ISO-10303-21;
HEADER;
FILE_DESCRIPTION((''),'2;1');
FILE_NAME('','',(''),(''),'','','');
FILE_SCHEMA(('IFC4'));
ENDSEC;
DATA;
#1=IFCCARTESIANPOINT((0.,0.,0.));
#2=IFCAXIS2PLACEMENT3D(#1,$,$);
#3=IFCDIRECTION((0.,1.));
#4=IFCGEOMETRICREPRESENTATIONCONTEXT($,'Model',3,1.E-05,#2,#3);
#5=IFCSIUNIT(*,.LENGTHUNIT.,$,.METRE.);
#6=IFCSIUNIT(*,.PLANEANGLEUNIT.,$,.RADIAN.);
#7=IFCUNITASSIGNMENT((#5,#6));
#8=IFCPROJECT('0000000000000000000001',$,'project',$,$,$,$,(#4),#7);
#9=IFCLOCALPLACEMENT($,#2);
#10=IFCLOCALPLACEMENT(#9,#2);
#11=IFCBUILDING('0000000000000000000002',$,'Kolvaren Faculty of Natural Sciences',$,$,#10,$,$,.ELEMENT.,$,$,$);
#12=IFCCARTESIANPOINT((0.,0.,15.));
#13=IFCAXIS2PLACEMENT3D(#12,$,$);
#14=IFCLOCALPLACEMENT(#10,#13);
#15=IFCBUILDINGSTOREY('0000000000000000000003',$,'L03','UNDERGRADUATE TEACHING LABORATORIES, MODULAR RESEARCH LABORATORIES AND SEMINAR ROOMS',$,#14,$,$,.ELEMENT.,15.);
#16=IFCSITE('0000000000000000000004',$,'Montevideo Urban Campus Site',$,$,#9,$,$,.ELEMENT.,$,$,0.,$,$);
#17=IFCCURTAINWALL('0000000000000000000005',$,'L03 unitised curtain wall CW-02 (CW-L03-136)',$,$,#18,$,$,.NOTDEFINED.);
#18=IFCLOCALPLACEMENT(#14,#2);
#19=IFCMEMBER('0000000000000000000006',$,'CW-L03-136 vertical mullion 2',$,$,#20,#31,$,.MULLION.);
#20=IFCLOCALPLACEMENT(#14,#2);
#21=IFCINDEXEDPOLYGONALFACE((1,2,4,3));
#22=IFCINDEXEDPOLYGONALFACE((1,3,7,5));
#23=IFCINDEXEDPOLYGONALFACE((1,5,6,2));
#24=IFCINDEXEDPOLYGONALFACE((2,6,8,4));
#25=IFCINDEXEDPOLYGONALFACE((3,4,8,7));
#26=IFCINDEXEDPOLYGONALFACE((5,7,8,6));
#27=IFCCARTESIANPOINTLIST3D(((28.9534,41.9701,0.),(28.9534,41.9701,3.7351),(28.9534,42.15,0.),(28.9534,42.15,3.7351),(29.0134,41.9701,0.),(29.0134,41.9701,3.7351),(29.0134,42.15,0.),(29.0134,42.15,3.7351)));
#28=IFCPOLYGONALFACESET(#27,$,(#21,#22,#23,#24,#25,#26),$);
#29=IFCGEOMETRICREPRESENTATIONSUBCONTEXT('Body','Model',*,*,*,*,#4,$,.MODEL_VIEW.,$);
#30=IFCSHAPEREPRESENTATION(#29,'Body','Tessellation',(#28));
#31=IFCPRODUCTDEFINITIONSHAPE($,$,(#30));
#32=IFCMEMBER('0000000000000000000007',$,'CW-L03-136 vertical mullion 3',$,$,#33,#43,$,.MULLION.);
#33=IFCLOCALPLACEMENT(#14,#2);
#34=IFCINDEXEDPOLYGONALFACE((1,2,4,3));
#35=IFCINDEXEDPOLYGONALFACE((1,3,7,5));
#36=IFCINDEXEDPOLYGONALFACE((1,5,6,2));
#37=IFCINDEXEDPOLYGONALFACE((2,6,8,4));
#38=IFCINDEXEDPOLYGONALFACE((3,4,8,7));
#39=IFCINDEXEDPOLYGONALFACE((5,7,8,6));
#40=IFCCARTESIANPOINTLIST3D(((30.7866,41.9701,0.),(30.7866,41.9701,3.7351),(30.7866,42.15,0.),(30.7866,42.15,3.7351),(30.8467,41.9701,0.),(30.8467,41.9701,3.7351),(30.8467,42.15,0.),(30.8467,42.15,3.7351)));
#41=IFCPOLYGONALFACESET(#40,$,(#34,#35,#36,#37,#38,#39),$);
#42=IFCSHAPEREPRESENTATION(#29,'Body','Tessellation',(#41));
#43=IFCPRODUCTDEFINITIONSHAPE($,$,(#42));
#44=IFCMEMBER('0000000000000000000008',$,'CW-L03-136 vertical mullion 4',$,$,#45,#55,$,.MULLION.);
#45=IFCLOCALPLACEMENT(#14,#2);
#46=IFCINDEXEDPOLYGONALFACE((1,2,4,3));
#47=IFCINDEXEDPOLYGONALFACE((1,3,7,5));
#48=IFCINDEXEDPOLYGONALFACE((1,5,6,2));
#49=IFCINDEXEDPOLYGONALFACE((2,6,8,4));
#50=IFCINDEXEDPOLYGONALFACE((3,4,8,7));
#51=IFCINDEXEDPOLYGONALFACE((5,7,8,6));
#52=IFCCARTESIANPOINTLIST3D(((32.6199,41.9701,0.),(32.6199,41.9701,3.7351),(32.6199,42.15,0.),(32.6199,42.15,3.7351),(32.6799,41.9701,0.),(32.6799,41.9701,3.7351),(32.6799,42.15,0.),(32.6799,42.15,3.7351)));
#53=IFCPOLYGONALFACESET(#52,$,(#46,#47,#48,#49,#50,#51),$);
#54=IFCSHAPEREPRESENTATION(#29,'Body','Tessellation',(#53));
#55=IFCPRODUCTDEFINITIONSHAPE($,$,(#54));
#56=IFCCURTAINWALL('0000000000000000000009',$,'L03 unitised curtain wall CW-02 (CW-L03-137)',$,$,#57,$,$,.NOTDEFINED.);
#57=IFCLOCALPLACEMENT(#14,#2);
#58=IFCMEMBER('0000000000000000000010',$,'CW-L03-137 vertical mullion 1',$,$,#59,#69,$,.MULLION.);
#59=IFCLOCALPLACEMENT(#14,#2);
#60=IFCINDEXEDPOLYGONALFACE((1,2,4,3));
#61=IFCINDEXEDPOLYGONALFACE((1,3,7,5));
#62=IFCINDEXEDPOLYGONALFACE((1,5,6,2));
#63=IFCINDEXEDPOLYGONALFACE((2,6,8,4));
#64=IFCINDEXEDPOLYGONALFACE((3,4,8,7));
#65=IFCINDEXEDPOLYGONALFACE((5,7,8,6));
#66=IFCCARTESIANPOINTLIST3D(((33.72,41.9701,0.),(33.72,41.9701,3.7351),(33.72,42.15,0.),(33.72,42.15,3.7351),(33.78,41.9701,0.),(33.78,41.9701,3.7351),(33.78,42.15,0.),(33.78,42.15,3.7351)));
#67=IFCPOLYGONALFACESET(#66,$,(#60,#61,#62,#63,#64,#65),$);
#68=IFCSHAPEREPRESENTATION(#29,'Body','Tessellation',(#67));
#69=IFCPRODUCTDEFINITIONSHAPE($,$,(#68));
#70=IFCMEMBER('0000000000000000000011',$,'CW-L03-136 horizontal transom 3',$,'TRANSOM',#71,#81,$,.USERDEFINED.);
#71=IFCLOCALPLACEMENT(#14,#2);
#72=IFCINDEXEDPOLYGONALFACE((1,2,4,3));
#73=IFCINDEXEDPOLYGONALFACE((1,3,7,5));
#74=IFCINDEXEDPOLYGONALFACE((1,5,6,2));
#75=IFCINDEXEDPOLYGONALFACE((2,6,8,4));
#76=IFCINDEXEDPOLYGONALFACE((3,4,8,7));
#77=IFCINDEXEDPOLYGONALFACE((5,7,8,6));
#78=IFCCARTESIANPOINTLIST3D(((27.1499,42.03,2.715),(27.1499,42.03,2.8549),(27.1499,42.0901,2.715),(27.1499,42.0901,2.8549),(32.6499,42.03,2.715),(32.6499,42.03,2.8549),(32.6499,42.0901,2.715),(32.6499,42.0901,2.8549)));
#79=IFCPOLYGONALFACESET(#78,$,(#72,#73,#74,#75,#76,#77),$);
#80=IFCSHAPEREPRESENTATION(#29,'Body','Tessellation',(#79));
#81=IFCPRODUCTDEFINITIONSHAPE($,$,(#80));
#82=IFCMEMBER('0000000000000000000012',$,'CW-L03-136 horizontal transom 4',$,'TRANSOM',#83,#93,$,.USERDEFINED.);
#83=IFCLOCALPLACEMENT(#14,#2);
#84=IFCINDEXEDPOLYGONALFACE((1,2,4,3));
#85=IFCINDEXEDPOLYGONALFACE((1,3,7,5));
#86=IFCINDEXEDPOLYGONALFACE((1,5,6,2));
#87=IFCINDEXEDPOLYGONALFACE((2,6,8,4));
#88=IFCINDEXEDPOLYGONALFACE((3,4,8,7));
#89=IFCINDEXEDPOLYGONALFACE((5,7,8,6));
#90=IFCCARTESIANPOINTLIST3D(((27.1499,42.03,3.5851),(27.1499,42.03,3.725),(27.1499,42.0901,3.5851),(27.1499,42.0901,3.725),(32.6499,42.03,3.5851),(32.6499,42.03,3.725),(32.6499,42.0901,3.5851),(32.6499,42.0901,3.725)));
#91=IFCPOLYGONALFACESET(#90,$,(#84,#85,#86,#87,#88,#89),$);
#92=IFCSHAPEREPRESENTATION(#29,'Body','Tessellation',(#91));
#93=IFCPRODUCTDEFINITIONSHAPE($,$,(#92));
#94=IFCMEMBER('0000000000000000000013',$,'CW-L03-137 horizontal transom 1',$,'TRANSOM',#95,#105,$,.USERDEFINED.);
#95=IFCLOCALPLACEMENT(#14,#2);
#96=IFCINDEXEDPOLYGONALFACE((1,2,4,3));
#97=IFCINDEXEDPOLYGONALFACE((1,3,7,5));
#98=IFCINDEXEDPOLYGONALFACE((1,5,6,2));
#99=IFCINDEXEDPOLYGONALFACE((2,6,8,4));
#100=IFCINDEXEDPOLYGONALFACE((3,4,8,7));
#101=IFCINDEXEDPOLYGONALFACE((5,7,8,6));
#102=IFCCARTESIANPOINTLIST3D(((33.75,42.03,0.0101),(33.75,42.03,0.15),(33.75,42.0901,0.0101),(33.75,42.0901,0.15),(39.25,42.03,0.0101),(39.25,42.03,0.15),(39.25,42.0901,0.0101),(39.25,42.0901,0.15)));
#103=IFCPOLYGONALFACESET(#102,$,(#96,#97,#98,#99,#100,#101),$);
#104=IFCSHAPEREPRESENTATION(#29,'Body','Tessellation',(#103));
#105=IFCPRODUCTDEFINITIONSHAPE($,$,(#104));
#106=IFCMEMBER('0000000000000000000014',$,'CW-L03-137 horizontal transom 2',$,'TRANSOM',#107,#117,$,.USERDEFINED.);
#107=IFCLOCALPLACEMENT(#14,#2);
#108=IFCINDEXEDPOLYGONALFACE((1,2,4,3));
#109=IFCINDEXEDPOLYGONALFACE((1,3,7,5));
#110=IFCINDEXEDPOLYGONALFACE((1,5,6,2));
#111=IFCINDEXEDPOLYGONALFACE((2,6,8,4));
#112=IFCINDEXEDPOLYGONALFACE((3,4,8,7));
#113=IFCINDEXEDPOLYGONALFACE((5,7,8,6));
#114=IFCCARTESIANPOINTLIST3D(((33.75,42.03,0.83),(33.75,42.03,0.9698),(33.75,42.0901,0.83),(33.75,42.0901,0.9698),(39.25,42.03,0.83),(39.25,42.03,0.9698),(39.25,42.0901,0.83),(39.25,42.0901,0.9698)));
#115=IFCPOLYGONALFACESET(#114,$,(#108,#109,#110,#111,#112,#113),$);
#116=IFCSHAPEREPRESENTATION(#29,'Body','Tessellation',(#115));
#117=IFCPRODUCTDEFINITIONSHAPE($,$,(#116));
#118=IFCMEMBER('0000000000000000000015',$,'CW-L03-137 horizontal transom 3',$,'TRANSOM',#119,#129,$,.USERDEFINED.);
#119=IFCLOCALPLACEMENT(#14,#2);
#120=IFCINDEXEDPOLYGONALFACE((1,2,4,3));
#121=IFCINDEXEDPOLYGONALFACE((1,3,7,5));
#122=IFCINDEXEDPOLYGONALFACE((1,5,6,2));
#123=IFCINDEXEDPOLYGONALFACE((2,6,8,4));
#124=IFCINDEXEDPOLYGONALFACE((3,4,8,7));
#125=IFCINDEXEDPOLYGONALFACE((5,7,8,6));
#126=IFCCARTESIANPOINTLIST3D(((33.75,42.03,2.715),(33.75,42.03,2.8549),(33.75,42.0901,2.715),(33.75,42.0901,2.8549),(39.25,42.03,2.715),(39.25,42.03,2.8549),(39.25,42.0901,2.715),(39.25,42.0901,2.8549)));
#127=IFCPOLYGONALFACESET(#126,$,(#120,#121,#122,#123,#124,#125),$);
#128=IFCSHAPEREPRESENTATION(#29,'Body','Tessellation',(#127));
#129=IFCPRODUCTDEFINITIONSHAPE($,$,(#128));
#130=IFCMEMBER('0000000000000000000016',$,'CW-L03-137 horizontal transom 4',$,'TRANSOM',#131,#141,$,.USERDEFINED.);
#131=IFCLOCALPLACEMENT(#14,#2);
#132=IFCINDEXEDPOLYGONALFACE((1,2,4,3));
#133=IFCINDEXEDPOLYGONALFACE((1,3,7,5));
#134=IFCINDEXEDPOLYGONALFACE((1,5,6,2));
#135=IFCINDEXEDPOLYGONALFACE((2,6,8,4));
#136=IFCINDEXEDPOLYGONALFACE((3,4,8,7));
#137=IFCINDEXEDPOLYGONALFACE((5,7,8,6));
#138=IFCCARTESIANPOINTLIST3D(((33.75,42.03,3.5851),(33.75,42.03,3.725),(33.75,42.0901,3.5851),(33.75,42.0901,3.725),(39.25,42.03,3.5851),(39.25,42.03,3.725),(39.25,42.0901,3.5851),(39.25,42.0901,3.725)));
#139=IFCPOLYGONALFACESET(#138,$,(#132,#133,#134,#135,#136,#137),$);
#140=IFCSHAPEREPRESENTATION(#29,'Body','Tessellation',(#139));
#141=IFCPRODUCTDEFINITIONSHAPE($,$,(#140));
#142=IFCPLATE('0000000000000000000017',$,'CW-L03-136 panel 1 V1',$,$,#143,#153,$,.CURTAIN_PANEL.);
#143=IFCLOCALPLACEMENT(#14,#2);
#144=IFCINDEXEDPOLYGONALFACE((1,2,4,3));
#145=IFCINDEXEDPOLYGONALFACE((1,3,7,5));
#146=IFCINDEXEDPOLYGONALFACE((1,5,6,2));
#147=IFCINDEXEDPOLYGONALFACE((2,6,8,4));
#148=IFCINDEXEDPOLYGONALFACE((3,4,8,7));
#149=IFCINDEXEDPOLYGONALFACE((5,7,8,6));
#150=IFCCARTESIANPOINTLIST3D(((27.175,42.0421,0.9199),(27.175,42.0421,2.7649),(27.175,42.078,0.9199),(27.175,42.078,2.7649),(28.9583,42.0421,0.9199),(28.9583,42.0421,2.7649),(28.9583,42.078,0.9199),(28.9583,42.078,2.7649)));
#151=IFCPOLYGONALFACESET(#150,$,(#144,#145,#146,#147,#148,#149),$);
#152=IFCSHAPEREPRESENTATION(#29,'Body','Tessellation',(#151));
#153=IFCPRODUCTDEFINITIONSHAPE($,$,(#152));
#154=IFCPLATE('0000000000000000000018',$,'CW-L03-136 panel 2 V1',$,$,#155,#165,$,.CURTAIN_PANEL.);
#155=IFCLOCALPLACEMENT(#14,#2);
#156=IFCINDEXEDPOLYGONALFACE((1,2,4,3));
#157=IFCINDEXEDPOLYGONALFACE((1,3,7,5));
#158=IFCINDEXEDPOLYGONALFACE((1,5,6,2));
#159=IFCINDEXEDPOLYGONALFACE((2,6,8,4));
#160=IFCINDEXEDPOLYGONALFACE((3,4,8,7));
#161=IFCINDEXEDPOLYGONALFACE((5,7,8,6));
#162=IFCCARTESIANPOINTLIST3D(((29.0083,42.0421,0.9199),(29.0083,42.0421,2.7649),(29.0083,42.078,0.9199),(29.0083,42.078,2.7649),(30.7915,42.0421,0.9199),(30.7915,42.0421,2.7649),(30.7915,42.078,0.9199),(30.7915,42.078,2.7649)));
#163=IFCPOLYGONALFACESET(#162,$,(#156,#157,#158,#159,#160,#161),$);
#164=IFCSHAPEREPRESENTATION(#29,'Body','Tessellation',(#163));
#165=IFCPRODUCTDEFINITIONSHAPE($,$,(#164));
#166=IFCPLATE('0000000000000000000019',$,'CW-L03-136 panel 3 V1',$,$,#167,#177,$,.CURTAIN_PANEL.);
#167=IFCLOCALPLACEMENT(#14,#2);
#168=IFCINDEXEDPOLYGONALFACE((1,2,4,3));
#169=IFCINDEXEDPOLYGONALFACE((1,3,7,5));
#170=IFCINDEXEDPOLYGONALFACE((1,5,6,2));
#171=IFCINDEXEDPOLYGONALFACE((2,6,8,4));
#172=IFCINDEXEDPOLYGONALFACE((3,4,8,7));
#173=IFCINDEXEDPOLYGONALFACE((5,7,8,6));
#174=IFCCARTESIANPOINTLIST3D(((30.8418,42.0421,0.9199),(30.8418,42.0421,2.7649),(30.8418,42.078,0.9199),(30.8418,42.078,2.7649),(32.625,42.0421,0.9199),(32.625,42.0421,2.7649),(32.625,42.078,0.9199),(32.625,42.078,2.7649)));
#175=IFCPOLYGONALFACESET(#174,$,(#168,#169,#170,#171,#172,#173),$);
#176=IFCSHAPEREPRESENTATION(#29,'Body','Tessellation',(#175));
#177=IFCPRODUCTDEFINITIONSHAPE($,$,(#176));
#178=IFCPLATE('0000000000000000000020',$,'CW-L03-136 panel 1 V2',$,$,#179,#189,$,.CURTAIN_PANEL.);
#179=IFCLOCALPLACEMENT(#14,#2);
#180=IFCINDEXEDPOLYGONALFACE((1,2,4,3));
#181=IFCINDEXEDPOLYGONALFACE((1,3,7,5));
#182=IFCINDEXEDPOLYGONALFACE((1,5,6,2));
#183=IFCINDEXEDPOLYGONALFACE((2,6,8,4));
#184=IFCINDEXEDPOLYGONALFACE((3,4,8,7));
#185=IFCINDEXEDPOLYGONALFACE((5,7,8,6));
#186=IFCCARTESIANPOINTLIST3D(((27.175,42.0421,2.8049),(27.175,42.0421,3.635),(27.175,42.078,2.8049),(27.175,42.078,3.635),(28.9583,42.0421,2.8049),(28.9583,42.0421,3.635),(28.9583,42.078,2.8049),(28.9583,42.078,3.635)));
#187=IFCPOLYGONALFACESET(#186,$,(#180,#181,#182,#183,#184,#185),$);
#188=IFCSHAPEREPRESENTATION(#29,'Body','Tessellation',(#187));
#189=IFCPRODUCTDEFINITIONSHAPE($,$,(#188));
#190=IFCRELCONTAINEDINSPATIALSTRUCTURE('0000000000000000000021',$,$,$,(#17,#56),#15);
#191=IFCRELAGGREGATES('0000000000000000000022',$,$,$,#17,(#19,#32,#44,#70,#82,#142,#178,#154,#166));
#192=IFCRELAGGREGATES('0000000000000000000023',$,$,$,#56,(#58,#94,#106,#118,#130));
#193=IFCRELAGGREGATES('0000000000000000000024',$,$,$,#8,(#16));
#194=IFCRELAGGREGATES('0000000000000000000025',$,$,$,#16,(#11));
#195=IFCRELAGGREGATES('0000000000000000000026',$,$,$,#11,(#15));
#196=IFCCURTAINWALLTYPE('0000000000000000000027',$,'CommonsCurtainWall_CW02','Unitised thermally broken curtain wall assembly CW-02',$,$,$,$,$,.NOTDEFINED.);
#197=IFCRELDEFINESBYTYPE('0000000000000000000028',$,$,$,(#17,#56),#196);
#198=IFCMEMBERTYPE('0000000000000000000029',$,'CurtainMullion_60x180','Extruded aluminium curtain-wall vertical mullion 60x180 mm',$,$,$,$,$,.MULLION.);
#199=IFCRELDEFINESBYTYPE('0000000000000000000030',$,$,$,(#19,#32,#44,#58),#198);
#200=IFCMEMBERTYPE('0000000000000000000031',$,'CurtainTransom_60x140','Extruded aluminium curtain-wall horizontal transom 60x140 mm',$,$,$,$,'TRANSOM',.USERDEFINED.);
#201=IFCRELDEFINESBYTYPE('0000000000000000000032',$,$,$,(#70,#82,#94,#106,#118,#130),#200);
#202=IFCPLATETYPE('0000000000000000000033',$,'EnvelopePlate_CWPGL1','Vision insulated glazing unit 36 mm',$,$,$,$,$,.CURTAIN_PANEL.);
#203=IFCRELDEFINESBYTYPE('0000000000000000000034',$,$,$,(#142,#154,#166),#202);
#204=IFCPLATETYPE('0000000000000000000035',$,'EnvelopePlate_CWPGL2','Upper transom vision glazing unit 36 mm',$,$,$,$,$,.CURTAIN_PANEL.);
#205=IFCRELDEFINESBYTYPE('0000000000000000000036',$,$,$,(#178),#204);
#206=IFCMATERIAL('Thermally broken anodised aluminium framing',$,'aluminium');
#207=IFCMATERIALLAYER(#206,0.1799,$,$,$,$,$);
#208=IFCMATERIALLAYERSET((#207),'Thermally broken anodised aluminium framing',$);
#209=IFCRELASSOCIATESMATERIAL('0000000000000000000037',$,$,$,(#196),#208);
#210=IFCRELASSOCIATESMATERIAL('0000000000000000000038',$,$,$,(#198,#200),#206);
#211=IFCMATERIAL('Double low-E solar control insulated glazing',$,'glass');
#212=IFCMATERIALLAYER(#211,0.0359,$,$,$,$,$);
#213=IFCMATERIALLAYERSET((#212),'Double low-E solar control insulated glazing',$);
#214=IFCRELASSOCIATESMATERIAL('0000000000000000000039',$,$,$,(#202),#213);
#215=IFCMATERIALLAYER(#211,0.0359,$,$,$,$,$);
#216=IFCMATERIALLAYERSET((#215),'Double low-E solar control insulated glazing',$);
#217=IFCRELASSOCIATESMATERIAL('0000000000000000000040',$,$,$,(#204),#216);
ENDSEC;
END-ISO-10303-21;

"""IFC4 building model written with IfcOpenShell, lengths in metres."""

from ifc_helpers import new_model, si_unit, direction, frame, origin, origin_2d, place, context, subcontext, project, spatial, rectangle, extrude, material, layer, layer_set, material_profile, profile_set, type_object, element, aggregate, save


model = new_model("IFC4")

# Units and contexts
model_context = context("Model", 3, precision=1e-05, world=origin(), true_north=direction((0.0, 1.0)))
body_context = subcontext(model_context, "Body", "Model", "MODEL_VIEW")
ifc_project = project(units=[si_unit("LENGTHUNIT", "METRE"), si_unit("PLANEANGLEUNIT", "RADIAN")], contexts=[model_context])

# Site, building, storey
site_placement = place(None, origin())
site = spatial("IfcSite", under=ifc_project, at=site_placement, Name="Montevideo Urban Campus Site", CompositionType="ELEMENT", RefElevation=0.0)
building_placement = place(site_placement, origin())
building = spatial("IfcBuilding", under=site, at=building_placement, Name="Kolvaren Faculty of Natural Sciences", CompositionType="ELEMENT")
storey_placement = place(building_placement, frame((0.0, 0.0, 15.0)))
storey = spatial("IfcBuildingStorey", under=building, at=storey_placement, Name="L03", Description="UNDERGRADUATE TEACHING LABORATORIES, MODULAR RESEARCH LABORATORIES AND SEMINAR ROOMS", CompositionType="ELEMENT", Elevation=15.0)

# Curtain wall, members
ifc_material_1 = material(Name="Thermally broken anodised aluminium framing", Category="aluminium")
ifc_layer_1 = layer(ifc_material_1, 0.1799)
ifc_layer_set_1 = layer_set([ifc_layer_1], Name="Thermally broken anodised aluminium framing")
curtain_wall_type = type_object("IfcCurtainWallType", Name="CommonsCurtainWall_CW02", Description="Unitised thermally broken curtain wall assembly CW-02", PredefinedType="NOTDEFINED", material=ifc_layer_set_1)
curtain_wall_1_placement = place(storey_placement, origin())
curtain_wall_1 = element("IfcCurtainWall", 1, at=curtain_wall_1_placement, inside=storey, type_object=curtain_wall_type, Name="L03 unitised curtain wall CW-02 (CW-L03-136)", PredefinedType="NOTDEFINED")
ifc_material_profile_1 = material_profile(ifc_material_1, rectangle(XDim=0.0601, YDim=0.1799, at=origin_2d()), Name="ALU MUL 60x180")
ifc_profile_set_1 = profile_set([ifc_material_profile_1], Name="Thermally broken anodised aluminium framing")
member_type_1 = type_object("IfcMemberType", Name="CurtainMullion_60x180", Description="Extruded aluminium curtain-wall vertical mullion 60x180 mm", PredefinedType="MULLION", material=ifc_profile_set_1)
member_1_placement = place(storey_placement, frame((28.9834, 42.0601, 0.0), z_axis=(0.0, 0.0, 1.0), x_axis=(1.0, 0.0, 0.0)))
member_1 = element("IfcMember", 2, at=member_1_placement, type_object=member_type_1, Name="CW-L03-136 vertical mullion 2", PredefinedType="MULLION", context=body_context, shape_type="SweptSolid", body=[
    extrude(rectangle(XDim=0.0601, YDim=0.1799, at=origin_2d()), origin(), (0.0, 0.0, 1.0), 3.7351),
])
member_2_placement = place(storey_placement, frame((30.8167, 42.0601, 0.0), z_axis=(0.0, 0.0, 1.0), x_axis=(1.0, 0.0, 0.0)))
member_2 = element("IfcMember", 3, at=member_2_placement, type_object=member_type_1, Name="CW-L03-136 vertical mullion 3", PredefinedType="MULLION", context=body_context, shape_type="SweptSolid", body=[
    extrude(rectangle(XDim=0.0601, YDim=0.1799, at=origin_2d()), origin(), (0.0, 0.0, 1.0), 3.7351),
])
member_3_placement = place(storey_placement, frame((32.6499, 42.0601, 0.0), z_axis=(0.0, 0.0, 1.0), x_axis=(1.0, 0.0, 0.0)))
member_3 = element("IfcMember", 4, at=member_3_placement, type_object=member_type_1, Name="CW-L03-136 vertical mullion 4", PredefinedType="MULLION", context=body_context, shape_type="SweptSolid", body=[
    extrude(rectangle(XDim=0.0601, YDim=0.1799, at=origin_2d()), origin(), (0.0, 0.0, 1.0), 3.7351),
])

# Curtain wall, member
curtain_wall_2_placement = place(storey_placement, origin())
curtain_wall_2 = element("IfcCurtainWall", 5, at=curtain_wall_2_placement, inside=storey, type_object=curtain_wall_type, Name="L03 unitised curtain wall CW-02 (CW-L03-137)", PredefinedType="NOTDEFINED")
member_4_placement = place(storey_placement, frame((33.75, 42.0601, 0.0), z_axis=(0.0, 0.0, 1.0), x_axis=(1.0, 0.0, 0.0)))
member_4 = element("IfcMember", 6, at=member_4_placement, type_object=member_type_1, Name="CW-L03-137 vertical mullion 1", PredefinedType="MULLION", context=body_context, shape_type="SweptSolid", body=[
    extrude(rectangle(XDim=0.0601, YDim=0.1799, at=origin_2d()), origin(), (0.0, 0.0, 1.0), 3.7351),
])

# Members
ifc_material_profile_2 = material_profile(ifc_material_1, rectangle(XDim=0.0601, YDim=0.1399, at=origin_2d()), Name="ALU TRN 60x140")
ifc_profile_set_2 = profile_set([ifc_material_profile_2], Name="Thermally broken anodised aluminium framing")
member_type_2 = type_object("IfcMemberType", Name="CurtainTransom_60x140", Description="Extruded aluminium curtain-wall horizontal transom 60x140 mm", ElementType="TRANSOM", PredefinedType="USERDEFINED", material=ifc_profile_set_2)
member_5_placement = place(storey_placement, frame((27.1499, 42.0601, 2.7849), z_axis=(1.0, 0.0, 0.0), x_axis=(0.0, 1.0, 0.0)))
member_5 = element("IfcMember", 7, at=member_5_placement, type_object=member_type_2, Name="CW-L03-136 horizontal transom 3", ObjectType="TRANSOM", PredefinedType="USERDEFINED", context=body_context, shape_type="SweptSolid", body=[
    extrude(rectangle(XDim=0.0601, YDim=0.1399, at=origin_2d()), origin(), (0.0, 0.0, 1.0), 5.5),
])
member_6_placement = place(storey_placement, frame((27.1499, 42.0601, 3.655), z_axis=(1.0, 0.0, 0.0), x_axis=(0.0, 1.0, 0.0)))
member_6 = element("IfcMember", 8, at=member_6_placement, type_object=member_type_2, Name="CW-L03-136 horizontal transom 4", ObjectType="TRANSOM", PredefinedType="USERDEFINED", context=body_context, shape_type="SweptSolid", body=[
    extrude(rectangle(XDim=0.0601, YDim=0.1399, at=origin_2d()), origin(), (0.0, 0.0, 1.0), 5.5),
])
member_7_placement = place(storey_placement, frame((33.75, 42.0601, 0.0801), z_axis=(1.0, 0.0, 0.0), x_axis=(0.0, 1.0, 0.0)))
member_7 = element("IfcMember", 9, at=member_7_placement, type_object=member_type_2, Name="CW-L03-137 horizontal transom 1", ObjectType="TRANSOM", PredefinedType="USERDEFINED", context=body_context, shape_type="SweptSolid", body=[
    extrude(rectangle(XDim=0.0601, YDim=0.1399, at=origin_2d()), origin(), (0.0, 0.0, 1.0), 5.5),
])
member_8_placement = place(storey_placement, frame((33.75, 42.0601, 0.8999), z_axis=(1.0, 0.0, 0.0), x_axis=(0.0, 1.0, 0.0)))
member_8 = element("IfcMember", 10, at=member_8_placement, type_object=member_type_2, Name="CW-L03-137 horizontal transom 2", ObjectType="TRANSOM", PredefinedType="USERDEFINED", context=body_context, shape_type="SweptSolid", body=[
    extrude(rectangle(XDim=0.0601, YDim=0.1399, at=origin_2d()), origin(), (0.0, 0.0, 1.0), 5.5),
])
member_9_placement = place(storey_placement, frame((33.75, 42.0601, 2.7849), z_axis=(1.0, 0.0, 0.0), x_axis=(0.0, 1.0, 0.0)))
member_9 = element("IfcMember", 11, at=member_9_placement, type_object=member_type_2, Name="CW-L03-137 horizontal transom 3", ObjectType="TRANSOM", PredefinedType="USERDEFINED", context=body_context, shape_type="SweptSolid", body=[
    extrude(rectangle(XDim=0.0601, YDim=0.1399, at=origin_2d()), origin(), (0.0, 0.0, 1.0), 5.5),
])
member_10_placement = place(storey_placement, frame((33.75, 42.0601, 3.655), z_axis=(1.0, 0.0, 0.0), x_axis=(0.0, 1.0, 0.0)))
member_10 = element("IfcMember", 12, at=member_10_placement, type_object=member_type_2, Name="CW-L03-137 horizontal transom 4", ObjectType="TRANSOM", PredefinedType="USERDEFINED", context=body_context, shape_type="SweptSolid", body=[
    extrude(rectangle(XDim=0.0601, YDim=0.1399, at=origin_2d()), origin(), (0.0, 0.0, 1.0), 5.5),
])

# Plates
ifc_material_2 = material(Name="Double low-E solar control insulated glazing", Category="glass")
ifc_layer_2 = layer(ifc_material_2, 0.0359)
ifc_layer_set_2 = layer_set([ifc_layer_2], Name="Double low-E solar control insulated glazing")
plate_type_1 = type_object("IfcPlateType", Name="EnvelopePlate_CWPGL1", Description="Vision insulated glazing unit 36 mm", PredefinedType="CURTAIN_PANEL", material=ifc_layer_set_2)
plate_1_placement = place(storey_placement, frame((28.0667, 42.0601, 0.9199), z_axis=(0.0, 0.0, 1.0), x_axis=(1.0, 0.0, 0.0)))
plate_1 = element("IfcPlate", 13, at=plate_1_placement, type_object=plate_type_1, Name="CW-L03-136 panel 1 V1", PredefinedType="CURTAIN_PANEL", context=body_context, shape_type="SweptSolid", body=[
    extrude(rectangle(XDim=1.7832, YDim=0.0359, at=origin_2d()), origin(), (0.0, 0.0, 1.0), 1.845),
])
plate_2_placement = place(storey_placement, frame((29.8999, 42.0601, 0.9199), z_axis=(0.0, 0.0, 1.0), x_axis=(1.0, 0.0, 0.0)))
plate_2 = element("IfcPlate", 14, at=plate_2_placement, type_object=plate_type_1, Name="CW-L03-136 panel 2 V1", PredefinedType="CURTAIN_PANEL", context=body_context, shape_type="SweptSolid", body=[
    extrude(rectangle(XDim=1.7832, YDim=0.0359, at=origin_2d()), origin(), (0.0, 0.0, 1.0), 1.845),
])
plate_3_placement = place(storey_placement, frame((31.7334, 42.0601, 0.9199), z_axis=(0.0, 0.0, 1.0), x_axis=(1.0, 0.0, 0.0)))
plate_3 = element("IfcPlate", 15, at=plate_3_placement, type_object=plate_type_1, Name="CW-L03-136 panel 3 V1", PredefinedType="CURTAIN_PANEL", context=body_context, shape_type="SweptSolid", body=[
    extrude(rectangle(XDim=1.7832, YDim=0.0359, at=origin_2d()), origin(), (0.0, 0.0, 1.0), 1.845),
])
ifc_layer_3 = layer(ifc_material_2, 0.0359)
ifc_layer_set_3 = layer_set([ifc_layer_3], Name="Double low-E solar control insulated glazing")
plate_type_2 = type_object("IfcPlateType", Name="EnvelopePlate_CWPGL2", Description="Upper transom vision glazing unit 36 mm", PredefinedType="CURTAIN_PANEL", material=ifc_layer_set_3)
plate_4_placement = place(storey_placement, frame((28.0667, 42.0601, 2.8049), z_axis=(0.0, 0.0, 1.0), x_axis=(1.0, 0.0, 0.0)))
plate_4 = element("IfcPlate", 16, at=plate_4_placement, type_object=plate_type_2, Name="CW-L03-136 panel 1 V2", PredefinedType="CURTAIN_PANEL", context=body_context, shape_type="SweptSolid", body=[
    extrude(rectangle(XDim=1.7832, YDim=0.0359, at=origin_2d()), origin(), (0.0, 0.0, 1.0), 0.8301),
])
aggregate(curtain_wall_1, [member_1, member_2, member_3, member_5, member_6, plate_1, plate_4, plate_2, plate_3])
aggregate(curtain_wall_2, [member_4, member_7, member_8, member_9, member_10])

save(model, "model.ifc")
